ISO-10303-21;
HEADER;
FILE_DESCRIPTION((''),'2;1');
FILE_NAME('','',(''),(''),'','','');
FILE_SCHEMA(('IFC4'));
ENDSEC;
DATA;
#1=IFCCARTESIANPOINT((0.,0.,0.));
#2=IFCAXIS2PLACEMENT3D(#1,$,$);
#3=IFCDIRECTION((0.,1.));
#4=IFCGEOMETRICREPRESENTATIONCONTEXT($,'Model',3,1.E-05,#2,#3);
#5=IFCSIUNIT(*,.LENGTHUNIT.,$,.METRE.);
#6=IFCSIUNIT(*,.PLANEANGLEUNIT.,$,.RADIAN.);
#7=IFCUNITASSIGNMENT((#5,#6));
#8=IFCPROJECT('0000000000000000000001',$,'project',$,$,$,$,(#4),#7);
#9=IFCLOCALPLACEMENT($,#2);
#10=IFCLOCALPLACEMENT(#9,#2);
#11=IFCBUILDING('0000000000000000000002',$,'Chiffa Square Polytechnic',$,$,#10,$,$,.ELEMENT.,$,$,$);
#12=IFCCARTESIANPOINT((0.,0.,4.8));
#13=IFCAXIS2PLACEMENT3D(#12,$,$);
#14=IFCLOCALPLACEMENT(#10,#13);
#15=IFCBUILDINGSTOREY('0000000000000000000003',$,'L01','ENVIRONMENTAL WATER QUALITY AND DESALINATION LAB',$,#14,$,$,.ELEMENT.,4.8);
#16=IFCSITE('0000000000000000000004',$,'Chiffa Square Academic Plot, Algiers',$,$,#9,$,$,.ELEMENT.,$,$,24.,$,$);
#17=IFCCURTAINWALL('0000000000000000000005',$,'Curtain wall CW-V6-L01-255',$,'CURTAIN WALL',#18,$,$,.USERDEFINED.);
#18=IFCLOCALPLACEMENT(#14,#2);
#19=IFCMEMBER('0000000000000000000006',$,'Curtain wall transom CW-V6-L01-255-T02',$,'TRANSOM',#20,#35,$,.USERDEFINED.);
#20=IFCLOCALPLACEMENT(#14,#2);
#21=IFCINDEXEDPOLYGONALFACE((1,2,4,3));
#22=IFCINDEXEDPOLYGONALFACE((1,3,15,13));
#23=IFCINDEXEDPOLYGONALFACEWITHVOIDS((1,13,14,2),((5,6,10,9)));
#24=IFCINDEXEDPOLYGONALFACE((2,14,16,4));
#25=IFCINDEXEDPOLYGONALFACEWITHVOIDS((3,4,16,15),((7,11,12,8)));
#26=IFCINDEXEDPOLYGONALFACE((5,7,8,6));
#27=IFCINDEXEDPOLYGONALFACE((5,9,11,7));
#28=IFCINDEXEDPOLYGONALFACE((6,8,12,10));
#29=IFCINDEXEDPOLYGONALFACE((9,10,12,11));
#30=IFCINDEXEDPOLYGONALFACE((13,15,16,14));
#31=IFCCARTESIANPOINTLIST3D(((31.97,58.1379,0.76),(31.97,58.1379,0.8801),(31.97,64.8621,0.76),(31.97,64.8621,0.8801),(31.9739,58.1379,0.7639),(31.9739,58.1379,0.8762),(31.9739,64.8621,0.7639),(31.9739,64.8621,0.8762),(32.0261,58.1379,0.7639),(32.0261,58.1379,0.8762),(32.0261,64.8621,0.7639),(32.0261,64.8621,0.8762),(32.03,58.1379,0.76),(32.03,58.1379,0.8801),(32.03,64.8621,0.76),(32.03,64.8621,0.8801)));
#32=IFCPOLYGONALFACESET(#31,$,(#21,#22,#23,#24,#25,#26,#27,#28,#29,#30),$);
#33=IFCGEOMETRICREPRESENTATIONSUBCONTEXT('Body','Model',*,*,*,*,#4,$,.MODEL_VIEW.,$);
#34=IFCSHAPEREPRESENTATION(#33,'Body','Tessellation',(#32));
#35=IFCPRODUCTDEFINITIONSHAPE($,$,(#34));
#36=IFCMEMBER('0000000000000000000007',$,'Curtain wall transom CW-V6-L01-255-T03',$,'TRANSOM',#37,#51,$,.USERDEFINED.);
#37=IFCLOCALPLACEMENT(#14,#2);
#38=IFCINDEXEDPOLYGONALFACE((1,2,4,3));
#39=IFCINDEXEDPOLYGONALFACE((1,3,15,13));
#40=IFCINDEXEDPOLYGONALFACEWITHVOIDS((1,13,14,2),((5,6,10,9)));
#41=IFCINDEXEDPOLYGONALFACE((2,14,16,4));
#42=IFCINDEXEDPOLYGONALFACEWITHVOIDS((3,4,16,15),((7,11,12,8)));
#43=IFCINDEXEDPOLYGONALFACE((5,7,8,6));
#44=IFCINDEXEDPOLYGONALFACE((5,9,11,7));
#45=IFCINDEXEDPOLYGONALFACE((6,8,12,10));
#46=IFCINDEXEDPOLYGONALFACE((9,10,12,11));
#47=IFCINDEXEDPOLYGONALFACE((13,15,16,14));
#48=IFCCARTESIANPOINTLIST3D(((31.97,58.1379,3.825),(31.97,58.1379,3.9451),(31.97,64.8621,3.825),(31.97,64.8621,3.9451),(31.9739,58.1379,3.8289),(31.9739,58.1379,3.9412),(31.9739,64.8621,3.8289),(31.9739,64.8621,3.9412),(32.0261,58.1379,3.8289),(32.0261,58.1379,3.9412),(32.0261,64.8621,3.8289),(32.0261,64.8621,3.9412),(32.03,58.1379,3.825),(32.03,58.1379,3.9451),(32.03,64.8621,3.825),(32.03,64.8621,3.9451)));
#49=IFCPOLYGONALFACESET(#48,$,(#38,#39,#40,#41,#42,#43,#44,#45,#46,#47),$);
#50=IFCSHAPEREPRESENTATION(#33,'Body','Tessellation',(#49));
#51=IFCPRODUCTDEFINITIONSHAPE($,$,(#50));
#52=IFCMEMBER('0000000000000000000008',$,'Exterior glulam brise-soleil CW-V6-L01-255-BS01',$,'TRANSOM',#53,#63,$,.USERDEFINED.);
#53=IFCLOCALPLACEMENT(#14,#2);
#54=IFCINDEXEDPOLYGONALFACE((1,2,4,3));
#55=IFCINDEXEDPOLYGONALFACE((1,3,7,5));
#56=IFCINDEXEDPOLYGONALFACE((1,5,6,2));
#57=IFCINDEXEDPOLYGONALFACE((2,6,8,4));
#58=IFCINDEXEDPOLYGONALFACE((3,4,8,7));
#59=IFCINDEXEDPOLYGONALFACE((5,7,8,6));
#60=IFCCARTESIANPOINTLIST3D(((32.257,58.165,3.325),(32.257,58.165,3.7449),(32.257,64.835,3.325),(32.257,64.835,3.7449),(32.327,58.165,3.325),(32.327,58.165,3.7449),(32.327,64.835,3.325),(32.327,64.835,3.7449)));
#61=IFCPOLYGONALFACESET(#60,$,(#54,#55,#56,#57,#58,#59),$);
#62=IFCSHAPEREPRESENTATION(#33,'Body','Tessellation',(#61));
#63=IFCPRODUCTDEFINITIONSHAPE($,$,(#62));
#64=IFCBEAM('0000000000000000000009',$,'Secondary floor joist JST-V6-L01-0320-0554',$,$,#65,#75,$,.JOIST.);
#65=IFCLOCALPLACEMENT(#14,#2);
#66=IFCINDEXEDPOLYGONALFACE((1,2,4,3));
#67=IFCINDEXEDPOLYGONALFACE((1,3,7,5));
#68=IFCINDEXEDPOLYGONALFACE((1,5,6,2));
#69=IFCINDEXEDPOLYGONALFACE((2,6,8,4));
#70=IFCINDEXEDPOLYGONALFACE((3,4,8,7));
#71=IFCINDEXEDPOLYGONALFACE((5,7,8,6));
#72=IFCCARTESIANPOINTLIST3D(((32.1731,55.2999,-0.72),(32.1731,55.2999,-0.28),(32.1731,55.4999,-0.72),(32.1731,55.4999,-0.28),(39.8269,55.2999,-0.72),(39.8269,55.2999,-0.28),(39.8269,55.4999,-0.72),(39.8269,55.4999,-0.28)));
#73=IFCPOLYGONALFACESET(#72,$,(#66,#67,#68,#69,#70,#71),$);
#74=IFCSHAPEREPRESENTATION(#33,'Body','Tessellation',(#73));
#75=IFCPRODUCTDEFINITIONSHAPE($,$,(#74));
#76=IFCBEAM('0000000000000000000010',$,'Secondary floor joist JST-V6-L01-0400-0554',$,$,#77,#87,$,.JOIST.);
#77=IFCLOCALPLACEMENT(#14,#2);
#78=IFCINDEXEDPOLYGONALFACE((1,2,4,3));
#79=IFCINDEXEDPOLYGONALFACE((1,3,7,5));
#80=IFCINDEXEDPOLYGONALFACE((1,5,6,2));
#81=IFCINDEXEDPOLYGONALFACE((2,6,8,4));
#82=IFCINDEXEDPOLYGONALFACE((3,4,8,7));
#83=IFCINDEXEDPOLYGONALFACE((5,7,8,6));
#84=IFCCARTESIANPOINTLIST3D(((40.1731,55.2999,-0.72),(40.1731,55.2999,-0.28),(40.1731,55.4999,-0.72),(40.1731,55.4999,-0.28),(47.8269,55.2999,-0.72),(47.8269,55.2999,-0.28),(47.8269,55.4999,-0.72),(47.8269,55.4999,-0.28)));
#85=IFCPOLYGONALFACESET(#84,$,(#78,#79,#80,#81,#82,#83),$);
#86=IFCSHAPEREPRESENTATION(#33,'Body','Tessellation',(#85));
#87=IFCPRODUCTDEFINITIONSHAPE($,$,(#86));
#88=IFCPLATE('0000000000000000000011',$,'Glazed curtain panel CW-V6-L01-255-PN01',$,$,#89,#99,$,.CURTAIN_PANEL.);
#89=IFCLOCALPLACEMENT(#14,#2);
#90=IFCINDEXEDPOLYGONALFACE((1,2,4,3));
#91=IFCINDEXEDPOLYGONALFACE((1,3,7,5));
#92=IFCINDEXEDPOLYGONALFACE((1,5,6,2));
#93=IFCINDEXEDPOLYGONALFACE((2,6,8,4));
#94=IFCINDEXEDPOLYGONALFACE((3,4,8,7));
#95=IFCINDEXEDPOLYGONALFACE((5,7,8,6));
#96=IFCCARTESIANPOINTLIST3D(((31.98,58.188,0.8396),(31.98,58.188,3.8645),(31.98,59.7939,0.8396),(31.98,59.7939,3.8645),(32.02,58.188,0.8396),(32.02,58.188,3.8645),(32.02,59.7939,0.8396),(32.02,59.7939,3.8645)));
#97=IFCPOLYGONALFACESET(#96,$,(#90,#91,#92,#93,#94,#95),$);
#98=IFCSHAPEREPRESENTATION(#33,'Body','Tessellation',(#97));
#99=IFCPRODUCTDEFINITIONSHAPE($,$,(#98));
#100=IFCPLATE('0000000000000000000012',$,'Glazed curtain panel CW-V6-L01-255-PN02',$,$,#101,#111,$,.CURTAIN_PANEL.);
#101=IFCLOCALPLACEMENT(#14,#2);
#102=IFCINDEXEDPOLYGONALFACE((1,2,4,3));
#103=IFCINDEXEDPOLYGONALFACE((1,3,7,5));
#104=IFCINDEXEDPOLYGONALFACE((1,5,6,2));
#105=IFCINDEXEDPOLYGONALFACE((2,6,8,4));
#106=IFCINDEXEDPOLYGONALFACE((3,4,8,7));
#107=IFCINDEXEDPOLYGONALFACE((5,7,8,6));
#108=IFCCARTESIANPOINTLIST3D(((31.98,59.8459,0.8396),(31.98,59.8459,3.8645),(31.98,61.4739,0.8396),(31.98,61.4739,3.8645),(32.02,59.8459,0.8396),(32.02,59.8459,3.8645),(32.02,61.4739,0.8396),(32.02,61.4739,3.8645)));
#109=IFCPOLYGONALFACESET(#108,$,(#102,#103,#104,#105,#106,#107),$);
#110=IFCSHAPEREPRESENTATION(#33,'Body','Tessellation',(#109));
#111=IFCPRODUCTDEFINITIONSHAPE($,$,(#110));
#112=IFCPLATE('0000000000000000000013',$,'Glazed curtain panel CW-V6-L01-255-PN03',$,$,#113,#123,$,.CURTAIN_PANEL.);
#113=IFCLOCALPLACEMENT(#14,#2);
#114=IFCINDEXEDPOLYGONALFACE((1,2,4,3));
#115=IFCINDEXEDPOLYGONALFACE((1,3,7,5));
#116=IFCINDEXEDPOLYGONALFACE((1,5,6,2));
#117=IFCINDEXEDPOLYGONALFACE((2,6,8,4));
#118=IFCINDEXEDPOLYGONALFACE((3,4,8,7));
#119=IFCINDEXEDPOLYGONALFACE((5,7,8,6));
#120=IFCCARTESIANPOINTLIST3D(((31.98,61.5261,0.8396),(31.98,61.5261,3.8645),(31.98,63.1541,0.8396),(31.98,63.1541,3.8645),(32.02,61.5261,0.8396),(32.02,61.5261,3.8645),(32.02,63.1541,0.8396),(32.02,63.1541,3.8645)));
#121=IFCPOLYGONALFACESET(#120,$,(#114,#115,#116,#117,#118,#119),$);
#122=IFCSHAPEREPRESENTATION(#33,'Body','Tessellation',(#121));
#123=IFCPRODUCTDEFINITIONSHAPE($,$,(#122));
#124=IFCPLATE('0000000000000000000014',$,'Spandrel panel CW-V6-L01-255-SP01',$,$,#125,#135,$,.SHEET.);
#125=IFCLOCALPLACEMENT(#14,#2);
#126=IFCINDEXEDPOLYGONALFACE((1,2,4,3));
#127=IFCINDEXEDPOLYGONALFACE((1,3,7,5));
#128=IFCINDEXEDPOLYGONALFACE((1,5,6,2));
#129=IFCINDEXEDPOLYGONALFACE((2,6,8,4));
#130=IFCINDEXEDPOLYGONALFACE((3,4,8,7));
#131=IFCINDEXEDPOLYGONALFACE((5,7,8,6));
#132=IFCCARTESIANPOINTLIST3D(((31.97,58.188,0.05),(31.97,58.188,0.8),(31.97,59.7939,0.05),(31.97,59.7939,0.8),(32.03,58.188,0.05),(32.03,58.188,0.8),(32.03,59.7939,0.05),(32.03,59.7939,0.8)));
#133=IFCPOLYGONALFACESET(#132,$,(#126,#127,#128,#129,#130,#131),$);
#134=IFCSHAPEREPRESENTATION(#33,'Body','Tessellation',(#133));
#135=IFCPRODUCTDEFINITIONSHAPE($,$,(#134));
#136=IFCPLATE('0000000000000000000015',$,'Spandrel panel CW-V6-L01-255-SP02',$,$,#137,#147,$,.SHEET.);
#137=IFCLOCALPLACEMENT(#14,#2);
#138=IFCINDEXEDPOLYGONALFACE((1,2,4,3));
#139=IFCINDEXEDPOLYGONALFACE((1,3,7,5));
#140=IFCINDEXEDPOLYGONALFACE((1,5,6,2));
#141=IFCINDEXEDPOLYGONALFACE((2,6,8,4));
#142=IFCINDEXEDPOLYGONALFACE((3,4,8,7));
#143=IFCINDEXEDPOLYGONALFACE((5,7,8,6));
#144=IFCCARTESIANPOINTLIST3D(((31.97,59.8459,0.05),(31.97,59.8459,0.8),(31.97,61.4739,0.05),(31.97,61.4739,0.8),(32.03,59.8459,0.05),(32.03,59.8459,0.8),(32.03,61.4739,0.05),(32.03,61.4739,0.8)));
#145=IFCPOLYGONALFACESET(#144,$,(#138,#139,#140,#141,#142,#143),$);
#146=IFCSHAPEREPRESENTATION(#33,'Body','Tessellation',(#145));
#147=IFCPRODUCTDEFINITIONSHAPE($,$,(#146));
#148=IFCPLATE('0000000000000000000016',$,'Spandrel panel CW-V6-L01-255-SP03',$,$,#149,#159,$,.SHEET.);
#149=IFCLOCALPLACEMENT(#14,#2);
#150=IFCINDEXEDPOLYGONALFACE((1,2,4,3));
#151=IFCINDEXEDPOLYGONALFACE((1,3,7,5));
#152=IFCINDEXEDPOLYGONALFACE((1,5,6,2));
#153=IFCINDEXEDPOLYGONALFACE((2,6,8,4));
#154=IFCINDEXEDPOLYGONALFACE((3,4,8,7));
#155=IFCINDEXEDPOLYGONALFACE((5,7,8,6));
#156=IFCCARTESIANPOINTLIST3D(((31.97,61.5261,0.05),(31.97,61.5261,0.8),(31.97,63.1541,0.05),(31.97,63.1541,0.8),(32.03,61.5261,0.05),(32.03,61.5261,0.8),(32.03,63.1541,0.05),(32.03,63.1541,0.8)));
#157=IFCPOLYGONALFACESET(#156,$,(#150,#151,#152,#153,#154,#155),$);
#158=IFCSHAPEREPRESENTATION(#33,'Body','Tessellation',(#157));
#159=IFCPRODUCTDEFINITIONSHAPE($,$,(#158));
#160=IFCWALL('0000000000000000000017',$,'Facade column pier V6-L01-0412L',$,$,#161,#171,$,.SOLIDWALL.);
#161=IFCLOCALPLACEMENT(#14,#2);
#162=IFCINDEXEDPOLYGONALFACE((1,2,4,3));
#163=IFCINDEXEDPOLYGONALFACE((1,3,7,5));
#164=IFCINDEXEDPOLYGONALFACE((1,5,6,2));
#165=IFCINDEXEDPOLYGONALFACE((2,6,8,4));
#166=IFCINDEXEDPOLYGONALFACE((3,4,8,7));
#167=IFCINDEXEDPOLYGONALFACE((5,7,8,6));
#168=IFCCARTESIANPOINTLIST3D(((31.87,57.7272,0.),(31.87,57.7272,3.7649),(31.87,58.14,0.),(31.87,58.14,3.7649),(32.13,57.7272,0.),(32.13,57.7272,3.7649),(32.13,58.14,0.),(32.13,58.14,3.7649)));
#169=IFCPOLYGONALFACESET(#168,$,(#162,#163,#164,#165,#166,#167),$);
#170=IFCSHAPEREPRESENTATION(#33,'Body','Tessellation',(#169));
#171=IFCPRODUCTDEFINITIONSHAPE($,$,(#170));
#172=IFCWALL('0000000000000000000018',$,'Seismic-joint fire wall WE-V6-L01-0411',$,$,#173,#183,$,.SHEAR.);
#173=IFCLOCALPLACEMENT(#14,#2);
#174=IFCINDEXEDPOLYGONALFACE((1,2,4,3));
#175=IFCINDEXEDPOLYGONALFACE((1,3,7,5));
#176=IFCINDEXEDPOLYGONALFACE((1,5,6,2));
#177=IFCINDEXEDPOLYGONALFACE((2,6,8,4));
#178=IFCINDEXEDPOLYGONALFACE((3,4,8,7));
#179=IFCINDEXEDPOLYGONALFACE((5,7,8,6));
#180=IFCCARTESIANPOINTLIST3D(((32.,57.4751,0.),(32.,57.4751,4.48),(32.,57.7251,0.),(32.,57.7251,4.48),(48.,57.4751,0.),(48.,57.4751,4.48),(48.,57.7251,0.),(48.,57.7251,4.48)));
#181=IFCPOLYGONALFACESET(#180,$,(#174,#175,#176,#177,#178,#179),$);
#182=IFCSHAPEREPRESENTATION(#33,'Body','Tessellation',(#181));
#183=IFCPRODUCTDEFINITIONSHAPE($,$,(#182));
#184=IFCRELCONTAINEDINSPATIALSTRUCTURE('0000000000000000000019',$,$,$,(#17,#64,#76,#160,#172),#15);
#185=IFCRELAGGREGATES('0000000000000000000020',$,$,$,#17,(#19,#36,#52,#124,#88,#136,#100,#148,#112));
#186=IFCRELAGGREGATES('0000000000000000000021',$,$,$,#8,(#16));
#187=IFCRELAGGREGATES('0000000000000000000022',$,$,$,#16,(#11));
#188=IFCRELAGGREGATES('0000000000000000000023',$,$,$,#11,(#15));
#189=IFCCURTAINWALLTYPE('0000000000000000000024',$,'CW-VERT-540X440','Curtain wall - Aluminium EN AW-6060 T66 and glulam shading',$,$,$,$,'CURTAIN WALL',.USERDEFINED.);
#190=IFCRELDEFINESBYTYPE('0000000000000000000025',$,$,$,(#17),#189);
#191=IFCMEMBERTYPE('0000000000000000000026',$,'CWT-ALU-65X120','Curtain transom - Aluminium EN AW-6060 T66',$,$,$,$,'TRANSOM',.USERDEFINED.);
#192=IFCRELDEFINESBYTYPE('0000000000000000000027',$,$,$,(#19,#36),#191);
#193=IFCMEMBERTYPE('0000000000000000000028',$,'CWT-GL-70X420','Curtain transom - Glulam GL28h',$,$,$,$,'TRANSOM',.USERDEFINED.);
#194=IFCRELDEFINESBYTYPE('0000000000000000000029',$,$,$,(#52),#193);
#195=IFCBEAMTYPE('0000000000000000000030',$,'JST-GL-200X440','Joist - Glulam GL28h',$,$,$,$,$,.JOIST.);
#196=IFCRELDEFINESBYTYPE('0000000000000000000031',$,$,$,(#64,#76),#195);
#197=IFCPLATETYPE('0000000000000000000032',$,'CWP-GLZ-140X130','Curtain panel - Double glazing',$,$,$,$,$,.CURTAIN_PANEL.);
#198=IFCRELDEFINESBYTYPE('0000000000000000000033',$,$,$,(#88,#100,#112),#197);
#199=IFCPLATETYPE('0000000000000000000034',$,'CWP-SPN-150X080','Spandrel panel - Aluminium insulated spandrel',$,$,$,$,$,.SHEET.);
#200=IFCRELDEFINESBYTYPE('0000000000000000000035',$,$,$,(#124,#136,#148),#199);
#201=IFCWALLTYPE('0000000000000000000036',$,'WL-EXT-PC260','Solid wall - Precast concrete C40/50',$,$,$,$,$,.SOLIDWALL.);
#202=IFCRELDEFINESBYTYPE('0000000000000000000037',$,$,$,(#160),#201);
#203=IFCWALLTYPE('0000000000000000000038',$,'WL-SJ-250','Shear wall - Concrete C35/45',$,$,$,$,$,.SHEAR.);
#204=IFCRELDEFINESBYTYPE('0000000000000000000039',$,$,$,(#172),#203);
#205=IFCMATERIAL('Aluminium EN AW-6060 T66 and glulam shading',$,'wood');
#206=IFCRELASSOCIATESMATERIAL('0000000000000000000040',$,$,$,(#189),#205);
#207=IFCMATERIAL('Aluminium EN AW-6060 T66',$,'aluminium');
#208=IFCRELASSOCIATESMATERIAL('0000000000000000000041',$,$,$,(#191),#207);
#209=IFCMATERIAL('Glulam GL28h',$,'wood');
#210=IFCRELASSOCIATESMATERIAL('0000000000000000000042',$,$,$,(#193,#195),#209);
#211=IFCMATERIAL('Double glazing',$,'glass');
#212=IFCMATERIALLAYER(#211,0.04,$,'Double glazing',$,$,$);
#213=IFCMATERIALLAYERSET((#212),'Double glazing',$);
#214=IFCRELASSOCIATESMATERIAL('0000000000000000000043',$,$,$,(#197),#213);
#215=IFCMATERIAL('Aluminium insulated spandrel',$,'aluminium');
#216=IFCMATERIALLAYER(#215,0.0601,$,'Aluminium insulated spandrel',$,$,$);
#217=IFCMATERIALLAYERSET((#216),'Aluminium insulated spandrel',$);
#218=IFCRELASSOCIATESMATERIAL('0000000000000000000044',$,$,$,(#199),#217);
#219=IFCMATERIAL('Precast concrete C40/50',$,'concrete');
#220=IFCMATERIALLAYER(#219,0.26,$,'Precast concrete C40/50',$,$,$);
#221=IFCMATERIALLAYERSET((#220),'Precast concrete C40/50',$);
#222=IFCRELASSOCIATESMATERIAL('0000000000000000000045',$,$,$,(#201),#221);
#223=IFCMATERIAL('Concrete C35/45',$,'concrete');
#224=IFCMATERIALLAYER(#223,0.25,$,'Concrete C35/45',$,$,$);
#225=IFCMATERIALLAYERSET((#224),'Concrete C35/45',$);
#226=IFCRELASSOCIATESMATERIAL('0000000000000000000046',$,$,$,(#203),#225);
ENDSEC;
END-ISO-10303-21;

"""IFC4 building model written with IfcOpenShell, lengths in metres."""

from ifc_helpers import new_model, si_unit, direction, frame, frame_2d, origin, origin_2d, place, context, subcontext, project, spatial, rectangle, hollow_rectangle, extrude, material, layer, layer_set, material_profile, profile_set, type_object, element, aggregate, save


model = new_model("IFC4")

# Units and contexts
model_context = context("Model", 3, precision=1e-05, world=origin(), true_north=direction((0.0, 1.0)))
body_context = subcontext(model_context, "Body", "Model", "MODEL_VIEW")
ifc_project = project(units=[si_unit("LENGTHUNIT", "METRE"), si_unit("PLANEANGLEUNIT", "RADIAN")], contexts=[model_context])

# Site, building, storey
site_placement = place(None, origin())
site = spatial("IfcSite", under=ifc_project, at=site_placement, Name="Chiffa Square Academic Plot, Algiers", CompositionType="ELEMENT", RefElevation=24.0)
building_placement = place(site_placement, origin())
building = spatial("IfcBuilding", under=site, at=building_placement, Name="Chiffa Square Polytechnic", CompositionType="ELEMENT")
storey_placement = place(building_placement, frame((0.0, 0.0, 4.8)))
storey = spatial("IfcBuildingStorey", under=building, at=storey_placement, Name="L01", Description="ENVIRONMENTAL WATER QUALITY AND DESALINATION LAB", CompositionType="ELEMENT", Elevation=4.8)

# Shared definitions
ifc_material_1 = material(Name="Concrete C35/45", Category="concrete")

# Curtain wall, members
ifc_material_2 = material(Name="Aluminium EN AW-6060 T66 and glulam shading", Category="wood")
curtain_wall_type = type_object("IfcCurtainWallType", Name="CW-VERT-540X440", Description="Curtain wall - Aluminium EN AW-6060 T66 and glulam shading", ElementType="CURTAIN WALL", PredefinedType="USERDEFINED", material=ifc_material_2)
curtain_wall_placement = place(storey_placement, origin())
curtain_wall = element("IfcCurtainWall", 1, at=curtain_wall_placement, inside=storey, type_object=curtain_wall_type, Name="Curtain wall CW-V6-L01-255", ObjectType="CURTAIN WALL", PredefinedType="USERDEFINED")
ifc_material_3 = material(Name="Aluminium EN AW-6060 T66", Category="aluminium")
ifc_material_4 = material(Name="Glulam GL28h", Category="wood")
ifc_material_profile_1 = material_profile(ifc_material_3, hollow_rectangle(XDim=0.0601, YDim=0.1201, WallThickness=0.0039, at=origin_2d()), Name="ALU 60x120x4")
ifc_profile_set_1 = profile_set([ifc_material_profile_1], Name="Aluminium EN AW-6060 T66")
member_type_1 = type_object("IfcMemberType", Name="CWT-ALU-65X120", Description="Curtain transom - Aluminium EN AW-6060 T66", ElementType="TRANSOM", PredefinedType="USERDEFINED", material=ifc_profile_set_1)
member_1_placement = place(storey_placement, frame((32.0, 58.1379, 0.8201), z_axis=(0.0, 1.0, 0.0), x_axis=(-1.0, 0.0, 0.0)))
member_1 = element("IfcMember", 2, at=member_1_placement, type_object=member_type_1, Name="Curtain wall transom CW-V6-L01-255-T02", ObjectType="TRANSOM", PredefinedType="USERDEFINED", context=body_context, shape_type="SweptSolid", body=[
    extrude(hollow_rectangle(XDim=0.0601, YDim=0.1201, WallThickness=0.0039, at=origin_2d()), origin(), (0.0, 0.0, 1.0), 6.7241),
])
member_2_placement = place(storey_placement, frame((32.0, 58.1379, 3.885), z_axis=(0.0, 1.0, 0.0), x_axis=(-1.0, 0.0, 0.0)))
member_2 = element("IfcMember", 3, at=member_2_placement, type_object=member_type_1, Name="Curtain wall transom CW-V6-L01-255-T03", ObjectType="TRANSOM", PredefinedType="USERDEFINED", context=body_context, shape_type="SweptSolid", body=[
    extrude(hollow_rectangle(XDim=0.0601, YDim=0.1201, WallThickness=0.0039, at=origin_2d()), origin(), (0.0, 0.0, 1.0), 6.7241),
])
ifc_material_profile_2 = material_profile(ifc_material_4, rectangle(XDim=0.0701, YDim=0.4199, at=origin_2d()), Name="GL28h 70x420")
ifc_profile_set_2 = profile_set([ifc_material_profile_2], Name="Glulam GL28h")
member_type_2 = type_object("IfcMemberType", Name="CWT-GL-70X420", Description="Curtain transom - Glulam GL28h", ElementType="TRANSOM", PredefinedType="USERDEFINED", material=ifc_profile_set_2)
member_3_placement = place(storey_placement, frame((32.292, 58.165, 3.5349), z_axis=(0.0, 1.0, 0.0), x_axis=(-1.0, 0.0, 0.0)))
member_3 = element("IfcMember", 4, at=member_3_placement, type_object=member_type_2, Name="Exterior glulam brise-soleil CW-V6-L01-255-BS01", ObjectType="TRANSOM", PredefinedType="USERDEFINED", context=body_context, shape_type="SweptSolid", body=[
    extrude(rectangle(XDim=0.0701, YDim=0.4199, at=origin_2d()), origin(), (0.0, 0.0, 1.0), 6.6699),
])

# Beams
ifc_material_profile_3 = material_profile(ifc_material_4, rectangle(XDim=0.2, YDim=0.4399, at=origin_2d()), Name="GL28h 200x440")
ifc_profile_set_3 = profile_set([ifc_material_profile_3], Name="Glulam GL28h")
beam_type_1 = type_object("IfcBeamType", Name="JST-GL-200X440", Description="Joist - Glulam GL28h", PredefinedType="JOIST", material=ifc_profile_set_3)
for number, where, z_axis, x_axis, name in (
    (5, (32.1731, 55.3999, -0.5), (1.0, 0.0, 0.0), (0.0, 1.0, 0.0), "Secondary floor joist JST-V6-L01-0320-0554"),
    (6, (40.1731, 55.3999, -0.5), (1.0, 0.0, 0.0), (0.0, 1.0, 0.0), "Secondary floor joist JST-V6-L01-0400-0554"),
):
    element("IfcBeam", number, at=place(storey_placement, frame(where, z_axis=z_axis, x_axis=x_axis)), inside=storey, type_object=beam_type_1, Name=name, PredefinedType="JOIST", context=body_context, shape_type="SweptSolid", body=[
        extrude(rectangle(XDim=0.2, YDim=0.4399, at=origin_2d()), origin(), (0.0, 0.0, 1.0), 7.6538),
    ])

# Plates
ifc_material_5 = material(Name="Double glazing", Category="glass")
ifc_layer_1 = layer(ifc_material_5, 0.04, Name="Double glazing")
ifc_layer_set_1 = layer_set([ifc_layer_1], Name="Double glazing")
plate_type_1 = type_object("IfcPlateType", Name="CWP-GLZ-140X130", Description="Curtain panel - Double glazing", PredefinedType="CURTAIN_PANEL", material=ifc_layer_set_1)
plate_1_placement = place(storey_placement, frame((32.0, 58.991, 0.8396), z_axis=(0.0, 0.0, 1.0), x_axis=(0.0, 1.0, 0.0)))
plate_1 = element("IfcPlate", 7, at=plate_1_placement, type_object=plate_type_1, Name="Glazed curtain panel CW-V6-L01-255-PN01", PredefinedType="CURTAIN_PANEL", context=body_context, shape_type="SweptSolid", body=[
    extrude(rectangle(XDim=1.606, YDim=0.04, at=origin_2d()), origin(), (0.0, 0.0, 1.0), 3.0249),
])
plate_2_placement = place(storey_placement, frame((32.0, 60.6599, 0.8396), z_axis=(0.0, 0.0, 1.0), x_axis=(0.0, 1.0, 0.0)))
plate_2 = element("IfcPlate", 8, at=plate_2_placement, type_object=plate_type_1, Name="Glazed curtain panel CW-V6-L01-255-PN02", PredefinedType="CURTAIN_PANEL", context=body_context, shape_type="SweptSolid", body=[
    extrude(rectangle(XDim=1.6279, YDim=0.04, at=origin_2d()), origin(), (0.0, 0.0, 1.0), 3.0249),
])
plate_3_placement = place(storey_placement, frame((32.0, 62.3401, 0.8396), z_axis=(0.0, 0.0, 1.0), x_axis=(0.0, 1.0, 0.0)))
plate_3 = element("IfcPlate", 9, at=plate_3_placement, type_object=plate_type_1, Name="Glazed curtain panel CW-V6-L01-255-PN03", PredefinedType="CURTAIN_PANEL", context=body_context, shape_type="SweptSolid", body=[
    extrude(rectangle(XDim=1.6279, YDim=0.04, at=origin_2d()), origin(), (0.0, 0.0, 1.0), 3.0249),
])
ifc_material_6 = material(Name="Aluminium insulated spandrel", Category="aluminium")
ifc_layer_2 = layer(ifc_material_6, 0.0601, Name="Aluminium insulated spandrel")
ifc_layer_set_2 = layer_set([ifc_layer_2], Name="Aluminium insulated spandrel")
plate_type_2 = type_object("IfcPlateType", Name="CWP-SPN-150X080", Description="Spandrel panel - Aluminium insulated spandrel", PredefinedType="SHEET", material=ifc_layer_set_2)
plate_4_placement = place(storey_placement, frame((32.0, 58.991, 0.05), z_axis=(0.0, 0.0, 1.0), x_axis=(0.0, 1.0, 0.0)))
plate_4 = element("IfcPlate", 10, at=plate_4_placement, type_object=plate_type_2, Name="Spandrel panel CW-V6-L01-255-SP01", PredefinedType="SHEET", context=body_context, shape_type="SweptSolid", body=[
    extrude(rectangle(XDim=1.606, YDim=0.0601, at=origin_2d()), origin(), (0.0, 0.0, 1.0), 0.75),
])
plate_5_placement = place(storey_placement, frame((32.0, 60.6599, 0.05), z_axis=(0.0, 0.0, 1.0), x_axis=(0.0, 1.0, 0.0)))
plate_5 = element("IfcPlate", 11, at=plate_5_placement, type_object=plate_type_2, Name="Spandrel panel CW-V6-L01-255-SP02", PredefinedType="SHEET", context=body_context, shape_type="SweptSolid", body=[
    extrude(rectangle(XDim=1.6279, YDim=0.0601, at=origin_2d()), origin(), (0.0, 0.0, 1.0), 0.75),
])
plate_6_placement = place(storey_placement, frame((32.0, 62.3401, 0.05), z_axis=(0.0, 0.0, 1.0), x_axis=(0.0, 1.0, 0.0)))
plate_6 = element("IfcPlate", 12, at=plate_6_placement, type_object=plate_type_2, Name="Spandrel panel CW-V6-L01-255-SP03", PredefinedType="SHEET", context=body_context, shape_type="SweptSolid", body=[
    extrude(rectangle(XDim=1.6279, YDim=0.0601, at=origin_2d()), origin(), (0.0, 0.0, 1.0), 0.75),
])
aggregate(curtain_wall, [member_1, member_2, member_3, plate_4, plate_1, plate_5, plate_2, plate_6, plate_3])

# Walls
ifc_material_7 = material(Name="Precast concrete C40/50", Category="concrete")
ifc_layer_3 = layer(ifc_material_7, 0.26, Name="Precast concrete C40/50")
ifc_layer_set_3 = layer_set([ifc_layer_3], Name="Precast concrete C40/50")
wall_type_1 = type_object("IfcWallType", Name="WL-EXT-PC260", Description="Solid wall - Precast concrete C40/50", PredefinedType="SOLIDWALL", material=ifc_layer_set_3)
wall_1_placement = place(storey_placement, frame((32.0, 57.7271, 0.0), z_axis=(0.0, 0.0, 1.0), x_axis=(0.0, 1.0, 0.0)))
element("IfcWall", 13, at=wall_1_placement, inside=storey, type_object=wall_type_1, Name="Facade column pier V6-L01-0412L", PredefinedType="SOLIDWALL", context=body_context, shape_type="SweptSolid", body=[
    extrude(rectangle(XDim=0.4128, YDim=0.26, at=frame_2d((0.2065, 0.0))), origin(), (0.0, 0.0, 1.0), 3.7649),
])
ifc_layer_4 = layer(ifc_material_1, 0.25, Name="Concrete C35/45")
ifc_layer_set_4 = layer_set([ifc_layer_4], Name="Concrete C35/45")
wall_type_2 = type_object("IfcWallType", Name="WL-SJ-250", Description="Shear wall - Concrete C35/45", PredefinedType="SHEAR", material=ifc_layer_set_4)
wall_2_placement = place(storey_placement, frame((48.0, 57.6001, 0.0), z_axis=(0.0, 0.0, 1.0), x_axis=(-1.0, 0.0, 0.0)))
element("IfcWall", 14, at=wall_2_placement, inside=storey, type_object=wall_type_2, Name="Seismic-joint fire wall WE-V6-L01-0411", PredefinedType="SHEAR", context=body_context, shape_type="SweptSolid", body=[
    extrude(rectangle(XDim=16.0, YDim=0.25, at=frame_2d((8.0, 0.0))), origin(), (0.0, 0.0, 1.0), 4.48),
])

save(model, "model.ifc")
